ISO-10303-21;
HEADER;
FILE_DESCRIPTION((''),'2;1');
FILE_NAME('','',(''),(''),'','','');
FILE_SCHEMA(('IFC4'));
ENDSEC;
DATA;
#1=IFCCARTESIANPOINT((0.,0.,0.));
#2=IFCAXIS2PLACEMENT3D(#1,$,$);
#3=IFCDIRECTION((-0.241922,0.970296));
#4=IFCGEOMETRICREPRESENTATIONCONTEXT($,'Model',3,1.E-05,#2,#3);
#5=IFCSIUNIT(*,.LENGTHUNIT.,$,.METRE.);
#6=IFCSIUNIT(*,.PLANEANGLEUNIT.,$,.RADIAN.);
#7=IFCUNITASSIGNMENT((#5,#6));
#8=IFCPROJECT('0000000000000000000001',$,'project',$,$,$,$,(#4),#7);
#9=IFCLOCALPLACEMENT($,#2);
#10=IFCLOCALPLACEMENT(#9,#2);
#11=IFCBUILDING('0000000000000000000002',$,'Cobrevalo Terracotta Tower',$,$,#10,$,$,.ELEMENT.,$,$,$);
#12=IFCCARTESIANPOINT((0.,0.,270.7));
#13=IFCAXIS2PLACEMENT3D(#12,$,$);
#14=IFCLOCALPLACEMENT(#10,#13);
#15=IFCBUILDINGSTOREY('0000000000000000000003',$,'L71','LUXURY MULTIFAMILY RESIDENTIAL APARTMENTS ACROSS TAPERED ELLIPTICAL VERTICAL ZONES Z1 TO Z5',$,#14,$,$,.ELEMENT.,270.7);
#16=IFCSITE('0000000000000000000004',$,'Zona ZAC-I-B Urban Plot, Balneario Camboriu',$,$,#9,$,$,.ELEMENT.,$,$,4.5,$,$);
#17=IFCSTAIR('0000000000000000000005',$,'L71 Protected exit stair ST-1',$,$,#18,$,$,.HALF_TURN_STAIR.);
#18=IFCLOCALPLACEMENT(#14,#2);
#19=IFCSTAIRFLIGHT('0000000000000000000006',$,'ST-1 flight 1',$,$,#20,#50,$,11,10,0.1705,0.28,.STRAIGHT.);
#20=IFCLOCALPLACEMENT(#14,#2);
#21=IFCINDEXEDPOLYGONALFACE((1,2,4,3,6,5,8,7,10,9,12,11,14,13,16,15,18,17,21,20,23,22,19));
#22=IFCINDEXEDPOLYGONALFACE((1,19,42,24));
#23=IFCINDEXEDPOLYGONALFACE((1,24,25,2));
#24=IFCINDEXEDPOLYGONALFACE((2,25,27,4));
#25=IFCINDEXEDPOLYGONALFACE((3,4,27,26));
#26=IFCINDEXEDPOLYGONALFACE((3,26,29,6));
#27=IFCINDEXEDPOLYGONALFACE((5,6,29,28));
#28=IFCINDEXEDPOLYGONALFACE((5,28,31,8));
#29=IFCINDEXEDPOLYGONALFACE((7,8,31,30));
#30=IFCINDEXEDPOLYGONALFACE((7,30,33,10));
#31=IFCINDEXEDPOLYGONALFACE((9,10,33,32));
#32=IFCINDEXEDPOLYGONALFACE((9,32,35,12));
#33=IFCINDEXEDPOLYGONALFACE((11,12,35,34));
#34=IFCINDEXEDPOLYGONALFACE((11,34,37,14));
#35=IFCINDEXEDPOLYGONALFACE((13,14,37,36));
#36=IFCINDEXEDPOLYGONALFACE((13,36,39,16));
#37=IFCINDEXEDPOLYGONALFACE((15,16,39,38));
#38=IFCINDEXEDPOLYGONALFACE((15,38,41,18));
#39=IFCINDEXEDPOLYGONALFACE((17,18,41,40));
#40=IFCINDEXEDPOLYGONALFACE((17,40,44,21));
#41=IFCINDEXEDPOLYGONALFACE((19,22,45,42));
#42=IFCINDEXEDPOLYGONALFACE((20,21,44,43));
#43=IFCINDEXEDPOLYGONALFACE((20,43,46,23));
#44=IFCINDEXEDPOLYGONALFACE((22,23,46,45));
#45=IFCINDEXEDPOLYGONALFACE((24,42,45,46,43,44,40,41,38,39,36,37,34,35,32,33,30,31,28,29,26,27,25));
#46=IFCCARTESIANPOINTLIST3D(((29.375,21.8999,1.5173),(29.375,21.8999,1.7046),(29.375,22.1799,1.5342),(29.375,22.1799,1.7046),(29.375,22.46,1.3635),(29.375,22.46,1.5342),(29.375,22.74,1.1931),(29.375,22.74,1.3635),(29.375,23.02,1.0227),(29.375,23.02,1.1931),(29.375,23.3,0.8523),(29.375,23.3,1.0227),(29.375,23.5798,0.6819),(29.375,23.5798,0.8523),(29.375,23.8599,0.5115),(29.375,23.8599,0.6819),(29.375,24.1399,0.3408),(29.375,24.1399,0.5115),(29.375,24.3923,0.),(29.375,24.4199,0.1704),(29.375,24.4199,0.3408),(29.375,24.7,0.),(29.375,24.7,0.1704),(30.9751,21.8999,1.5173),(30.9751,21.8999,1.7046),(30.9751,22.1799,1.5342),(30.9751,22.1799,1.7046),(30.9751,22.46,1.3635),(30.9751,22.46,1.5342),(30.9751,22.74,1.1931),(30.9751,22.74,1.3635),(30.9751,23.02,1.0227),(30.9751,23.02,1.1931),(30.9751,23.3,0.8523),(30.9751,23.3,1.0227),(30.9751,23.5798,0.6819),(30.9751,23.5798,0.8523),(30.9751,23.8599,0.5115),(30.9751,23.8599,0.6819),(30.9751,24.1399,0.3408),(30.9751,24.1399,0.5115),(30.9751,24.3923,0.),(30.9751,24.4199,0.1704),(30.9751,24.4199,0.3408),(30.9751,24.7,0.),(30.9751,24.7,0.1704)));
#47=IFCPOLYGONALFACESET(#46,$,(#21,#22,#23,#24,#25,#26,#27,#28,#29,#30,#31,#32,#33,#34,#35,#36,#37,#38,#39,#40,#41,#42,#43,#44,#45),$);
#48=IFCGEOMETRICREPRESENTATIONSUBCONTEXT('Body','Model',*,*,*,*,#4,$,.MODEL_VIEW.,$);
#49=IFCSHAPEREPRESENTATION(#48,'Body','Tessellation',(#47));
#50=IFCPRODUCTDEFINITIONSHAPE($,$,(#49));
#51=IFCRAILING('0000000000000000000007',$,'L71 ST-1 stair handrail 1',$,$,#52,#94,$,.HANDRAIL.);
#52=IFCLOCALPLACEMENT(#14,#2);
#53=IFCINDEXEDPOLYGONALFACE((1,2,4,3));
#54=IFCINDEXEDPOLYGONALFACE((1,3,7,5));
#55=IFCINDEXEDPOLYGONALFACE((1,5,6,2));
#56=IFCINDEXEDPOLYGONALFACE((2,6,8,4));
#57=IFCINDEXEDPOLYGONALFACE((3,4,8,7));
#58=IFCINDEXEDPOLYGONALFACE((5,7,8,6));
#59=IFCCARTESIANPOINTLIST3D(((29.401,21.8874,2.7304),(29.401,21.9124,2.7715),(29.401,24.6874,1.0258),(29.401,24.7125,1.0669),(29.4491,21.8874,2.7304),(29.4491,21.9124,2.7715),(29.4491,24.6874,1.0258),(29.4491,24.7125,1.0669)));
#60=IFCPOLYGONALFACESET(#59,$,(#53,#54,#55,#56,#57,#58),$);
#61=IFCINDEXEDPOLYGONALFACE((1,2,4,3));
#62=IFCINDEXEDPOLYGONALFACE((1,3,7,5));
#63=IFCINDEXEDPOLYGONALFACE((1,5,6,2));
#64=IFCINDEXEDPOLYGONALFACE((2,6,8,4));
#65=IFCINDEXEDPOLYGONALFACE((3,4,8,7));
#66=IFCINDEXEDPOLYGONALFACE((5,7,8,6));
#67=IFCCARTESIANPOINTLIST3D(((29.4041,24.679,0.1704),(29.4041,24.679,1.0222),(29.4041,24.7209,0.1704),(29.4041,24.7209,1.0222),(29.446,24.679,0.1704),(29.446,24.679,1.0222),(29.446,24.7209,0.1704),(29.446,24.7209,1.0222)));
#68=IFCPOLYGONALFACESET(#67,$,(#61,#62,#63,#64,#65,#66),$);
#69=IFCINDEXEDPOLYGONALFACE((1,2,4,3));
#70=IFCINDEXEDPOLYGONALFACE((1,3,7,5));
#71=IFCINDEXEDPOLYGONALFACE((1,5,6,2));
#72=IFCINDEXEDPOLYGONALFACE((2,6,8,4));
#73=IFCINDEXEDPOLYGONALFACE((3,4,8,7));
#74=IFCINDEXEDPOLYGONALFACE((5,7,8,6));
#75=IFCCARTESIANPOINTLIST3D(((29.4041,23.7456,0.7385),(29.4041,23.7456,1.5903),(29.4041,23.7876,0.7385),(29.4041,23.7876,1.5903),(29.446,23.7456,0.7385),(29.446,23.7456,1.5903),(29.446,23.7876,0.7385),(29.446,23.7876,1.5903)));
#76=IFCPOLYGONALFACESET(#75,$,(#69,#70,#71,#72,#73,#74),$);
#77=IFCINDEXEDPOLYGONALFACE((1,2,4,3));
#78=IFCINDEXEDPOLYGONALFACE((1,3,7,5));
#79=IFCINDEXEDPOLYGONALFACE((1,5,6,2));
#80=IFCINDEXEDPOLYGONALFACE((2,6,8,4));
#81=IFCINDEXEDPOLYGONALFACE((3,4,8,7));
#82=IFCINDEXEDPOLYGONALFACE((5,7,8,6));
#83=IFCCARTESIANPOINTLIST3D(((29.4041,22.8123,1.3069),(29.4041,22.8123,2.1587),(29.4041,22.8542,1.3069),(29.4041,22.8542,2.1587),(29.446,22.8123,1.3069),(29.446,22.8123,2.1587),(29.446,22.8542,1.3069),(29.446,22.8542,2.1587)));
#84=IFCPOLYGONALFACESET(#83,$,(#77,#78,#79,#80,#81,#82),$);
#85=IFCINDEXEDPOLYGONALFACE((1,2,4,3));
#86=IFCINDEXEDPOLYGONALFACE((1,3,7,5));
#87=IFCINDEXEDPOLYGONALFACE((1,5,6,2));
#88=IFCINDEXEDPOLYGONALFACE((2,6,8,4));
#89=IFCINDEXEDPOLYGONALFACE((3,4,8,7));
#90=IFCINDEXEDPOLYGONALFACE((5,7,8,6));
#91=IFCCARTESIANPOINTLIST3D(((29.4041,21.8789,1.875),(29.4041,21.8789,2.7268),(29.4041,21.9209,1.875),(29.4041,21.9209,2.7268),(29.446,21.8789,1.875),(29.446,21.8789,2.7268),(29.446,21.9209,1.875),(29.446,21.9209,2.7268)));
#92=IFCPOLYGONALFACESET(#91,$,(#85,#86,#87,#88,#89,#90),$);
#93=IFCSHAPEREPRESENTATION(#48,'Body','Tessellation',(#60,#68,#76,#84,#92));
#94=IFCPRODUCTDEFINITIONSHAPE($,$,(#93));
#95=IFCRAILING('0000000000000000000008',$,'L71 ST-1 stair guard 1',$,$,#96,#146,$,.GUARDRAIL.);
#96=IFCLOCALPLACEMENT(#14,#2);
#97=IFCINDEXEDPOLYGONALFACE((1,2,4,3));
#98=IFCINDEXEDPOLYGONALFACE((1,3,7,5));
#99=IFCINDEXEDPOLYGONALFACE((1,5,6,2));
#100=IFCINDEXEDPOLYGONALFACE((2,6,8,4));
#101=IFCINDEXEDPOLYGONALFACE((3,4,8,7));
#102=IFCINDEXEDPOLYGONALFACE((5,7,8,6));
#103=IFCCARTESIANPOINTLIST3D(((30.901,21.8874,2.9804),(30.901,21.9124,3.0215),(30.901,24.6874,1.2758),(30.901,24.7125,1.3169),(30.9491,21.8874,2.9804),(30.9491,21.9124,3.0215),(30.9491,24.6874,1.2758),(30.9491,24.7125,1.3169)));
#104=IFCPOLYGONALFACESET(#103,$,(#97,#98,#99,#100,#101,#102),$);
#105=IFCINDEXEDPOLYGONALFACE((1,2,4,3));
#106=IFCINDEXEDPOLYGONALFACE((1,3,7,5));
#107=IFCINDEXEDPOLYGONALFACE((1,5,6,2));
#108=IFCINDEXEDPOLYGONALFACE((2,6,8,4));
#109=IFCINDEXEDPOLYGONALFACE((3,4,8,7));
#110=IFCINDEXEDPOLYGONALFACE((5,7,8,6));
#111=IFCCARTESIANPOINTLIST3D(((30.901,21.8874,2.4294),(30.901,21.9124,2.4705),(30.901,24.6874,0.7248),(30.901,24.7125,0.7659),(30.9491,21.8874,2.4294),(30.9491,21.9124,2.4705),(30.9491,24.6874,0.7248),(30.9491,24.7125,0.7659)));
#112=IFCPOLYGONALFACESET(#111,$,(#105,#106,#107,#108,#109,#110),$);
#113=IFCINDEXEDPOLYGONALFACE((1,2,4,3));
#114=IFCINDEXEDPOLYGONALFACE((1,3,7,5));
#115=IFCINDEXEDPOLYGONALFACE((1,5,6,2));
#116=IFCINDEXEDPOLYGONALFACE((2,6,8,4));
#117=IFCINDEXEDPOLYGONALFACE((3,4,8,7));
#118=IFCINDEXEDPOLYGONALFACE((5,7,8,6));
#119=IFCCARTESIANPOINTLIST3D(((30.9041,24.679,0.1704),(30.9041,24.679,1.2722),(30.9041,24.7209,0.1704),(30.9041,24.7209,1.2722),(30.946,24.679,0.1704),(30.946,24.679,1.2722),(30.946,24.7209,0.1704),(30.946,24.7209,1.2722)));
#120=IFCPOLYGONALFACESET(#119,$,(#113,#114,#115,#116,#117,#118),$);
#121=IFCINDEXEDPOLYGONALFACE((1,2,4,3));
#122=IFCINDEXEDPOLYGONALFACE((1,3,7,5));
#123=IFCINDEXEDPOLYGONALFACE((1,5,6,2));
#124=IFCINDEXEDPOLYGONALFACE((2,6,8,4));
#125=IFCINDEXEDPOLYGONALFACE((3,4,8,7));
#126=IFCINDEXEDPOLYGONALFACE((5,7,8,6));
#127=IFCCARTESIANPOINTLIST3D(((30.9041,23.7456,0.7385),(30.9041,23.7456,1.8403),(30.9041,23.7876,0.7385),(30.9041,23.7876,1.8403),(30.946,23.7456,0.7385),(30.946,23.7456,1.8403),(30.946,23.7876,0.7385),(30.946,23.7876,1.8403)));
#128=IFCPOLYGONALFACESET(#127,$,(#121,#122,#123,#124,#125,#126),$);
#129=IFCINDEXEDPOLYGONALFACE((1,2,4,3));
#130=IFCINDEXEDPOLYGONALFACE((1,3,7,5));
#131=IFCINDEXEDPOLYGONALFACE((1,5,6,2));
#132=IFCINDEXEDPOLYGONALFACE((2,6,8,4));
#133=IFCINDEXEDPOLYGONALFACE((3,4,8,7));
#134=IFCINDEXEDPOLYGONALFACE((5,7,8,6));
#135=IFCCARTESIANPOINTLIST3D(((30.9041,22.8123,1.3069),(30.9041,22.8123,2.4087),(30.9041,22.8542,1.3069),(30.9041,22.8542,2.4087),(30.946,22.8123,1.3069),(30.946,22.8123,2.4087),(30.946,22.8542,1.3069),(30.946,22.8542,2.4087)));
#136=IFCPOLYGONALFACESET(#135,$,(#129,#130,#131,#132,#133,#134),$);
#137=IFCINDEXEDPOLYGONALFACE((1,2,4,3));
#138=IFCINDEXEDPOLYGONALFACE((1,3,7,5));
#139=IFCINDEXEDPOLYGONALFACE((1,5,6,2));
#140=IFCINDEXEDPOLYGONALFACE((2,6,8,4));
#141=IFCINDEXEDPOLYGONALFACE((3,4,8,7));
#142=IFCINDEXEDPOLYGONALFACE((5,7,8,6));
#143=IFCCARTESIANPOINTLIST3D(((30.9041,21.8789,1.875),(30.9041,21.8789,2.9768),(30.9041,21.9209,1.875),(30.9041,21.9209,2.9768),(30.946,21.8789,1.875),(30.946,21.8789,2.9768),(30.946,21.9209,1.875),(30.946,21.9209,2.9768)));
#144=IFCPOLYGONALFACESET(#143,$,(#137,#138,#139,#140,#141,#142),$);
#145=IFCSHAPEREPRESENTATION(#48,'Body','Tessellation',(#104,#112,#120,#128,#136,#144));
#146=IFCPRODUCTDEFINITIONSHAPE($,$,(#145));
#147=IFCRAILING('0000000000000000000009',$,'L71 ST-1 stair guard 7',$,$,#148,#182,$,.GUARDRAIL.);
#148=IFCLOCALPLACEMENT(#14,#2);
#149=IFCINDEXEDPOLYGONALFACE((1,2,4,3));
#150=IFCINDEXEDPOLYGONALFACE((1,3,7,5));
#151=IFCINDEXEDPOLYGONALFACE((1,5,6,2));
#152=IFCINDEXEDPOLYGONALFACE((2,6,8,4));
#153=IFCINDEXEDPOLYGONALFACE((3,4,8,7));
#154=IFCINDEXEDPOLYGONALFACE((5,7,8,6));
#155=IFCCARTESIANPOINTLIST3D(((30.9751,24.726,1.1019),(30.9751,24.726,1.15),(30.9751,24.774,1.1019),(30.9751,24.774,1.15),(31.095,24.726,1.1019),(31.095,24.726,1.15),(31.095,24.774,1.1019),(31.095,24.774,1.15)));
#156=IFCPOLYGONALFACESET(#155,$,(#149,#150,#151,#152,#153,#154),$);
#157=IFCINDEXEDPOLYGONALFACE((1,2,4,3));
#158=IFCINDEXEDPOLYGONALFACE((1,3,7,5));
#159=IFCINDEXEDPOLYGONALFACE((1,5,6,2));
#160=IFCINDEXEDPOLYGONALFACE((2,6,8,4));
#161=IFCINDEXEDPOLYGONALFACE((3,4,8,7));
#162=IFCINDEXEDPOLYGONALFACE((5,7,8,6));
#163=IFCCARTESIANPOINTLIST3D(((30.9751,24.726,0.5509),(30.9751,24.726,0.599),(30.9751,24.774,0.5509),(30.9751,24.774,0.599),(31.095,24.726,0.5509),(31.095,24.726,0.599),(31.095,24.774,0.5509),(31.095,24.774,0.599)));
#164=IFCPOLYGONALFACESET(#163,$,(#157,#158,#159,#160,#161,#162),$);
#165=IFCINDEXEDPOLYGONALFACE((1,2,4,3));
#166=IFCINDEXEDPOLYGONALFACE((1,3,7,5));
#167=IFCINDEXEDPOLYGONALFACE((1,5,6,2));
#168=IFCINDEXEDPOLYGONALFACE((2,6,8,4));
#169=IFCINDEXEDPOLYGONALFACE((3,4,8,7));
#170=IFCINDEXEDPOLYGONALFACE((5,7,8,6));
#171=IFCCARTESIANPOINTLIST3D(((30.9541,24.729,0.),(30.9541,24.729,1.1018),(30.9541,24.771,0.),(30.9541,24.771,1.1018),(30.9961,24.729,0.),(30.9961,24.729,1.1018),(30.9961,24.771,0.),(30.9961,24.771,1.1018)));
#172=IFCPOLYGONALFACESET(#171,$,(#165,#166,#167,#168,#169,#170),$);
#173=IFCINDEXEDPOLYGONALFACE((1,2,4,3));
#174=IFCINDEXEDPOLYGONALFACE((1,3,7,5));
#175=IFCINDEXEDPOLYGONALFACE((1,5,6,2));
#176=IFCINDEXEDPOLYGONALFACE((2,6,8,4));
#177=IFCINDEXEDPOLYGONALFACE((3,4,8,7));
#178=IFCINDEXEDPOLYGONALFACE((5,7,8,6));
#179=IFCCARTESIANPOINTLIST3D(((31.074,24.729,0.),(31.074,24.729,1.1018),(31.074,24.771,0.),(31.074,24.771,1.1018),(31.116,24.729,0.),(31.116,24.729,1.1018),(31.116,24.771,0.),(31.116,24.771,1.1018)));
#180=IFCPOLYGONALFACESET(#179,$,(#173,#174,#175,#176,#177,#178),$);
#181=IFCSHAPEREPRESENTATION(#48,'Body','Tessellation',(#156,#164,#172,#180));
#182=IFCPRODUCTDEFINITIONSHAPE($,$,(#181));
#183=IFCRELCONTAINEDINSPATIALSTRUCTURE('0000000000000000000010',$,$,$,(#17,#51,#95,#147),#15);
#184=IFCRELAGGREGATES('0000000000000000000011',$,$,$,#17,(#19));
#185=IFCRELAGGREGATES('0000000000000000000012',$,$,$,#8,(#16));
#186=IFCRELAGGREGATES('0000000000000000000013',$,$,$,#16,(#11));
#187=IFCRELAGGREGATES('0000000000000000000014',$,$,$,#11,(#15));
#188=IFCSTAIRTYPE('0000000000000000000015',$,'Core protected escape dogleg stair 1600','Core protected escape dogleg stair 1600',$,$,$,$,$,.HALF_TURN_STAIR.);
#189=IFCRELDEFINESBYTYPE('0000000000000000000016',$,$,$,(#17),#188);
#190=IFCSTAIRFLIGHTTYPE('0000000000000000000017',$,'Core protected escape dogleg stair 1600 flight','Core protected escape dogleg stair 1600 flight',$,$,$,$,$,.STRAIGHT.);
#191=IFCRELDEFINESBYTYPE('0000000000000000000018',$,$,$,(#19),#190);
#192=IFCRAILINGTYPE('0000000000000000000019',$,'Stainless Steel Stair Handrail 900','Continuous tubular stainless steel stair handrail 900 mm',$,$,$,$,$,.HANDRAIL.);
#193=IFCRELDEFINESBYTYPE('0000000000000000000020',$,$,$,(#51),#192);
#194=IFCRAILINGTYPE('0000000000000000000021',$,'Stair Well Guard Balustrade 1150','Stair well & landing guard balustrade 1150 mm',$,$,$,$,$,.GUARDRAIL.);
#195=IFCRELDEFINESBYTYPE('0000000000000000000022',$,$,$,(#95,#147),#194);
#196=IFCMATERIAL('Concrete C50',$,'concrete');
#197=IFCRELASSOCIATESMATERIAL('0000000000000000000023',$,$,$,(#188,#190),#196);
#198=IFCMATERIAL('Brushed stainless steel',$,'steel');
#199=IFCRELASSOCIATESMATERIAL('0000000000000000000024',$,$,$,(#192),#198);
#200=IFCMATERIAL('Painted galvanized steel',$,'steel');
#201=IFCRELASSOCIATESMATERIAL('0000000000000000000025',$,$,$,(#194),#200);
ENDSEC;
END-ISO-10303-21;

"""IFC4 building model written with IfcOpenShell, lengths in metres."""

from ifc_helpers import new_model, si_unit, direction, frame, origin, origin_2d, place, context, subcontext, project, spatial, polyline, rectangle, outline, extrude, material, type_object, element, aggregate, save


model = new_model("IFC4")

# Units and contexts
model_context = context("Model", 3, precision=1e-05, world=origin(), true_north=direction((-0.241922, 0.970296)))
body_context = subcontext(model_context, "Body", "Model", "MODEL_VIEW")
ifc_project = project(units=[si_unit("LENGTHUNIT", "METRE"), si_unit("PLANEANGLEUNIT", "RADIAN")], contexts=[model_context])

# Site, building, storey
site_placement = place(None, origin())
site = spatial("IfcSite", under=ifc_project, at=site_placement, Name="Zona ZAC-I-B Urban Plot, Balneario Camboriu", CompositionType="ELEMENT", RefElevation=4.5)
building_placement = place(site_placement, origin())
building = spatial("IfcBuilding", under=site, at=building_placement, Name="Cobrevalo Terracotta Tower", CompositionType="ELEMENT")
storey_placement = place(building_placement, frame((0.0, 0.0, 270.7)))
storey = spatial("IfcBuildingStorey", under=building, at=storey_placement, Name="L71", Description="LUXURY MULTIFAMILY RESIDENTIAL APARTMENTS ACROSS TAPERED ELLIPTICAL VERTICAL ZONES Z1 TO Z5", CompositionType="ELEMENT", Elevation=270.7)

# Shared definitions
ifc_material_1 = material(Name="Brushed stainless steel", Category="steel")

# Shared definitions
ifc_material_2 = material(Name="Concrete C50", Category="concrete")

# Stair, stair flight
stair_type = type_object("IfcStairType", Name="Core protected escape dogleg stair 1600", Description="Core protected escape dogleg stair 1600", PredefinedType="HALF_TURN_STAIR", material=ifc_material_2)
stair_placement = place(storey_placement, origin())
stair = element("IfcStair", 1, at=stair_placement, inside=storey, type_object=stair_type, Name="L71 Protected exit stair ST-1", PredefinedType="HALF_TURN_STAIR")
stair_flight_type = type_object("IfcStairFlightType", Name="Core protected escape dogleg stair 1600 flight", Description="Core protected escape dogleg stair 1600 flight", PredefinedType="STRAIGHT", material=ifc_material_2)
stair_flight_placement = place(storey_placement, frame((30.175, 24.7, 0.0), z_axis=(0.0, 0.0, 1.0), x_axis=(0.0, -1.0, 0.0)))
stair_flight = element("IfcStairFlight", 2, at=stair_flight_placement, type_object=stair_flight_type, Name="ST-1 flight 1", NumberOfRisers=11, NumberOfTreads=10, PredefinedType="STRAIGHT", RiserHeight=0.1705, TreadLength=0.28, context=body_context, shape_type="SweptSolid", body=[
    extrude(outline(polyline([(0.0, 0.0), (0.0, 0.1704), (0.28, 0.1704), (0.28, 0.3408), (0.5601, 0.3408), (0.5601, 0.5115), (0.8401, 0.5115), (0.8401, 0.6819), (1.1201, 0.6819), (1.1201, 0.8523), (1.3999, 0.8523), (1.3999, 1.0227), (1.6799, 1.0227), (1.6799, 1.1931), (1.96, 1.1931), (1.96, 1.3635), (2.24, 1.3635), (2.24, 1.5342), (2.52, 1.5342), (2.52, 1.7046), (2.8, 1.7046), (2.8, 1.875), (2.8, 1.5173), (0.3076, 0.0), (0.0, 0.0)])), frame((0.0, 0.8, 0.0), z_axis=(0.0, -1.0, 0.0), x_axis=(1.0, 0.0, 0.0)), (0.0, 0.0, 1.0), 1.6001),
])
aggregate(stair, [stair_flight])

# Railings
railing_type_1 = type_object("IfcRailingType", Name="Stainless Steel Stair Handrail 900", Description="Continuous tubular stainless steel stair handrail 900 mm", PredefinedType="HANDRAIL", material=ifc_material_1)
railing_1_placement = place(storey_placement, frame((29.425, 24.7, 0.1704)))
element("IfcRailing", 3, at=railing_1_placement, inside=storey, type_object=railing_type_1, Name="L71 ST-1 stair handrail 1", PredefinedType="HANDRAIL", context=body_context, shape_type="SweptSolid", body=[
    extrude(rectangle(XDim=0.0481, YDim=0.0481, at=origin_2d()), frame((0.0, 0.0, 0.876), z_axis=(0.0, -0.85417, 0.519994), x_axis=(1.0, 0.0, 0.0)), (0.0, 0.0, 1.0), 3.2781),
    extrude(rectangle(XDim=0.042, YDim=0.042, at=origin_2d()), origin(), (0.0, 0.0, 1.0), 0.8518),
    extrude(rectangle(XDim=0.042, YDim=0.042, at=origin_2d()), frame((0.0, -0.9333, 0.5681)), (0.0, 0.0, 1.0), 0.8518),
    extrude(rectangle(XDim=0.042, YDim=0.042, at=origin_2d()), frame((0.0, -1.8667, 1.1365)), (0.0, 0.0, 1.0), 0.8518),
    extrude(rectangle(XDim=0.042, YDim=0.042, at=origin_2d()), frame((0.0, -2.8, 1.7046)), (0.0, 0.0, 1.0), 0.8518),
])
ifc_material_3 = material(Name="Painted galvanized steel", Category="steel")
railing_type_2 = type_object("IfcRailingType", Name="Stair Well Guard Balustrade 1150", Description="Stair well & landing guard balustrade 1150 mm", PredefinedType="GUARDRAIL", material=ifc_material_3)
railing_2_placement = place(storey_placement, frame((30.925, 24.7, 0.1704)))
element("IfcRailing", 4, at=railing_2_placement, inside=storey, type_object=railing_type_2, Name="L71 ST-1 stair guard 1", PredefinedType="GUARDRAIL", context=body_context, shape_type="SweptSolid", body=[
    extrude(rectangle(XDim=0.0481, YDim=0.0481, at=origin_2d()), frame((0.0, 0.0, 1.126), z_axis=(0.0, -0.85417, 0.519994), x_axis=(1.0, 0.0, 0.0)), (0.0, 0.0, 1.0), 3.2781),
    extrude(rectangle(XDim=0.0481, YDim=0.0481, at=origin_2d()), frame((0.0, 0.0, 0.575), z_axis=(0.0, -0.85417, 0.519994), x_axis=(1.0, 0.0, 0.0)), (0.0, 0.0, 1.0), 3.2781),
    extrude(rectangle(XDim=0.042, YDim=0.042, at=origin_2d()), origin(), (0.0, 0.0, 1.0), 1.1018),
    extrude(rectangle(XDim=0.042, YDim=0.042, at=origin_2d()), frame((0.0, -0.9333, 0.5681)), (0.0, 0.0, 1.0), 1.1018),
    extrude(rectangle(XDim=0.042, YDim=0.042, at=origin_2d()), frame((0.0, -1.8667, 1.1365)), (0.0, 0.0, 1.0), 1.1018),
    extrude(rectangle(XDim=0.042, YDim=0.042, at=origin_2d()), frame((0.0, -2.8, 1.7046)), (0.0, 0.0, 1.0), 1.1018),
])
railing_3_placement = place(storey_placement, frame((30.9751, 24.75, 0.0)))
element("IfcRailing", 5, at=railing_3_placement, inside=storey, type_object=railing_type_2, Name="L71 ST-1 stair guard 7", PredefinedType="GUARDRAIL", context=body_context, shape_type="SweptSolid", body=[
    extrude(rectangle(XDim=0.0481, YDim=0.0481, at=origin_2d()), frame((0.0, 0.0, 1.126), z_axis=(1.0, 0.0, 0.0), x_axis=(0.0, 1.0, 0.0)), (0.0, 0.0, 1.0), 0.1199),
    extrude(rectangle(XDim=0.0481, YDim=0.0481, at=origin_2d()), frame((0.0, 0.0, 0.575), z_axis=(1.0, 0.0, 0.0), x_axis=(0.0, 1.0, 0.0)), (0.0, 0.0, 1.0), 0.1199),
    extrude(rectangle(XDim=0.042, YDim=0.042, at=origin_2d()), origin(), (0.0, 0.0, 1.0), 1.1018),
    extrude(rectangle(XDim=0.042, YDim=0.042, at=origin_2d()), frame((0.1199, 0.0, 0.0)), (0.0, 0.0, 1.0), 1.1018),
])

save(model, "model.ifc")
